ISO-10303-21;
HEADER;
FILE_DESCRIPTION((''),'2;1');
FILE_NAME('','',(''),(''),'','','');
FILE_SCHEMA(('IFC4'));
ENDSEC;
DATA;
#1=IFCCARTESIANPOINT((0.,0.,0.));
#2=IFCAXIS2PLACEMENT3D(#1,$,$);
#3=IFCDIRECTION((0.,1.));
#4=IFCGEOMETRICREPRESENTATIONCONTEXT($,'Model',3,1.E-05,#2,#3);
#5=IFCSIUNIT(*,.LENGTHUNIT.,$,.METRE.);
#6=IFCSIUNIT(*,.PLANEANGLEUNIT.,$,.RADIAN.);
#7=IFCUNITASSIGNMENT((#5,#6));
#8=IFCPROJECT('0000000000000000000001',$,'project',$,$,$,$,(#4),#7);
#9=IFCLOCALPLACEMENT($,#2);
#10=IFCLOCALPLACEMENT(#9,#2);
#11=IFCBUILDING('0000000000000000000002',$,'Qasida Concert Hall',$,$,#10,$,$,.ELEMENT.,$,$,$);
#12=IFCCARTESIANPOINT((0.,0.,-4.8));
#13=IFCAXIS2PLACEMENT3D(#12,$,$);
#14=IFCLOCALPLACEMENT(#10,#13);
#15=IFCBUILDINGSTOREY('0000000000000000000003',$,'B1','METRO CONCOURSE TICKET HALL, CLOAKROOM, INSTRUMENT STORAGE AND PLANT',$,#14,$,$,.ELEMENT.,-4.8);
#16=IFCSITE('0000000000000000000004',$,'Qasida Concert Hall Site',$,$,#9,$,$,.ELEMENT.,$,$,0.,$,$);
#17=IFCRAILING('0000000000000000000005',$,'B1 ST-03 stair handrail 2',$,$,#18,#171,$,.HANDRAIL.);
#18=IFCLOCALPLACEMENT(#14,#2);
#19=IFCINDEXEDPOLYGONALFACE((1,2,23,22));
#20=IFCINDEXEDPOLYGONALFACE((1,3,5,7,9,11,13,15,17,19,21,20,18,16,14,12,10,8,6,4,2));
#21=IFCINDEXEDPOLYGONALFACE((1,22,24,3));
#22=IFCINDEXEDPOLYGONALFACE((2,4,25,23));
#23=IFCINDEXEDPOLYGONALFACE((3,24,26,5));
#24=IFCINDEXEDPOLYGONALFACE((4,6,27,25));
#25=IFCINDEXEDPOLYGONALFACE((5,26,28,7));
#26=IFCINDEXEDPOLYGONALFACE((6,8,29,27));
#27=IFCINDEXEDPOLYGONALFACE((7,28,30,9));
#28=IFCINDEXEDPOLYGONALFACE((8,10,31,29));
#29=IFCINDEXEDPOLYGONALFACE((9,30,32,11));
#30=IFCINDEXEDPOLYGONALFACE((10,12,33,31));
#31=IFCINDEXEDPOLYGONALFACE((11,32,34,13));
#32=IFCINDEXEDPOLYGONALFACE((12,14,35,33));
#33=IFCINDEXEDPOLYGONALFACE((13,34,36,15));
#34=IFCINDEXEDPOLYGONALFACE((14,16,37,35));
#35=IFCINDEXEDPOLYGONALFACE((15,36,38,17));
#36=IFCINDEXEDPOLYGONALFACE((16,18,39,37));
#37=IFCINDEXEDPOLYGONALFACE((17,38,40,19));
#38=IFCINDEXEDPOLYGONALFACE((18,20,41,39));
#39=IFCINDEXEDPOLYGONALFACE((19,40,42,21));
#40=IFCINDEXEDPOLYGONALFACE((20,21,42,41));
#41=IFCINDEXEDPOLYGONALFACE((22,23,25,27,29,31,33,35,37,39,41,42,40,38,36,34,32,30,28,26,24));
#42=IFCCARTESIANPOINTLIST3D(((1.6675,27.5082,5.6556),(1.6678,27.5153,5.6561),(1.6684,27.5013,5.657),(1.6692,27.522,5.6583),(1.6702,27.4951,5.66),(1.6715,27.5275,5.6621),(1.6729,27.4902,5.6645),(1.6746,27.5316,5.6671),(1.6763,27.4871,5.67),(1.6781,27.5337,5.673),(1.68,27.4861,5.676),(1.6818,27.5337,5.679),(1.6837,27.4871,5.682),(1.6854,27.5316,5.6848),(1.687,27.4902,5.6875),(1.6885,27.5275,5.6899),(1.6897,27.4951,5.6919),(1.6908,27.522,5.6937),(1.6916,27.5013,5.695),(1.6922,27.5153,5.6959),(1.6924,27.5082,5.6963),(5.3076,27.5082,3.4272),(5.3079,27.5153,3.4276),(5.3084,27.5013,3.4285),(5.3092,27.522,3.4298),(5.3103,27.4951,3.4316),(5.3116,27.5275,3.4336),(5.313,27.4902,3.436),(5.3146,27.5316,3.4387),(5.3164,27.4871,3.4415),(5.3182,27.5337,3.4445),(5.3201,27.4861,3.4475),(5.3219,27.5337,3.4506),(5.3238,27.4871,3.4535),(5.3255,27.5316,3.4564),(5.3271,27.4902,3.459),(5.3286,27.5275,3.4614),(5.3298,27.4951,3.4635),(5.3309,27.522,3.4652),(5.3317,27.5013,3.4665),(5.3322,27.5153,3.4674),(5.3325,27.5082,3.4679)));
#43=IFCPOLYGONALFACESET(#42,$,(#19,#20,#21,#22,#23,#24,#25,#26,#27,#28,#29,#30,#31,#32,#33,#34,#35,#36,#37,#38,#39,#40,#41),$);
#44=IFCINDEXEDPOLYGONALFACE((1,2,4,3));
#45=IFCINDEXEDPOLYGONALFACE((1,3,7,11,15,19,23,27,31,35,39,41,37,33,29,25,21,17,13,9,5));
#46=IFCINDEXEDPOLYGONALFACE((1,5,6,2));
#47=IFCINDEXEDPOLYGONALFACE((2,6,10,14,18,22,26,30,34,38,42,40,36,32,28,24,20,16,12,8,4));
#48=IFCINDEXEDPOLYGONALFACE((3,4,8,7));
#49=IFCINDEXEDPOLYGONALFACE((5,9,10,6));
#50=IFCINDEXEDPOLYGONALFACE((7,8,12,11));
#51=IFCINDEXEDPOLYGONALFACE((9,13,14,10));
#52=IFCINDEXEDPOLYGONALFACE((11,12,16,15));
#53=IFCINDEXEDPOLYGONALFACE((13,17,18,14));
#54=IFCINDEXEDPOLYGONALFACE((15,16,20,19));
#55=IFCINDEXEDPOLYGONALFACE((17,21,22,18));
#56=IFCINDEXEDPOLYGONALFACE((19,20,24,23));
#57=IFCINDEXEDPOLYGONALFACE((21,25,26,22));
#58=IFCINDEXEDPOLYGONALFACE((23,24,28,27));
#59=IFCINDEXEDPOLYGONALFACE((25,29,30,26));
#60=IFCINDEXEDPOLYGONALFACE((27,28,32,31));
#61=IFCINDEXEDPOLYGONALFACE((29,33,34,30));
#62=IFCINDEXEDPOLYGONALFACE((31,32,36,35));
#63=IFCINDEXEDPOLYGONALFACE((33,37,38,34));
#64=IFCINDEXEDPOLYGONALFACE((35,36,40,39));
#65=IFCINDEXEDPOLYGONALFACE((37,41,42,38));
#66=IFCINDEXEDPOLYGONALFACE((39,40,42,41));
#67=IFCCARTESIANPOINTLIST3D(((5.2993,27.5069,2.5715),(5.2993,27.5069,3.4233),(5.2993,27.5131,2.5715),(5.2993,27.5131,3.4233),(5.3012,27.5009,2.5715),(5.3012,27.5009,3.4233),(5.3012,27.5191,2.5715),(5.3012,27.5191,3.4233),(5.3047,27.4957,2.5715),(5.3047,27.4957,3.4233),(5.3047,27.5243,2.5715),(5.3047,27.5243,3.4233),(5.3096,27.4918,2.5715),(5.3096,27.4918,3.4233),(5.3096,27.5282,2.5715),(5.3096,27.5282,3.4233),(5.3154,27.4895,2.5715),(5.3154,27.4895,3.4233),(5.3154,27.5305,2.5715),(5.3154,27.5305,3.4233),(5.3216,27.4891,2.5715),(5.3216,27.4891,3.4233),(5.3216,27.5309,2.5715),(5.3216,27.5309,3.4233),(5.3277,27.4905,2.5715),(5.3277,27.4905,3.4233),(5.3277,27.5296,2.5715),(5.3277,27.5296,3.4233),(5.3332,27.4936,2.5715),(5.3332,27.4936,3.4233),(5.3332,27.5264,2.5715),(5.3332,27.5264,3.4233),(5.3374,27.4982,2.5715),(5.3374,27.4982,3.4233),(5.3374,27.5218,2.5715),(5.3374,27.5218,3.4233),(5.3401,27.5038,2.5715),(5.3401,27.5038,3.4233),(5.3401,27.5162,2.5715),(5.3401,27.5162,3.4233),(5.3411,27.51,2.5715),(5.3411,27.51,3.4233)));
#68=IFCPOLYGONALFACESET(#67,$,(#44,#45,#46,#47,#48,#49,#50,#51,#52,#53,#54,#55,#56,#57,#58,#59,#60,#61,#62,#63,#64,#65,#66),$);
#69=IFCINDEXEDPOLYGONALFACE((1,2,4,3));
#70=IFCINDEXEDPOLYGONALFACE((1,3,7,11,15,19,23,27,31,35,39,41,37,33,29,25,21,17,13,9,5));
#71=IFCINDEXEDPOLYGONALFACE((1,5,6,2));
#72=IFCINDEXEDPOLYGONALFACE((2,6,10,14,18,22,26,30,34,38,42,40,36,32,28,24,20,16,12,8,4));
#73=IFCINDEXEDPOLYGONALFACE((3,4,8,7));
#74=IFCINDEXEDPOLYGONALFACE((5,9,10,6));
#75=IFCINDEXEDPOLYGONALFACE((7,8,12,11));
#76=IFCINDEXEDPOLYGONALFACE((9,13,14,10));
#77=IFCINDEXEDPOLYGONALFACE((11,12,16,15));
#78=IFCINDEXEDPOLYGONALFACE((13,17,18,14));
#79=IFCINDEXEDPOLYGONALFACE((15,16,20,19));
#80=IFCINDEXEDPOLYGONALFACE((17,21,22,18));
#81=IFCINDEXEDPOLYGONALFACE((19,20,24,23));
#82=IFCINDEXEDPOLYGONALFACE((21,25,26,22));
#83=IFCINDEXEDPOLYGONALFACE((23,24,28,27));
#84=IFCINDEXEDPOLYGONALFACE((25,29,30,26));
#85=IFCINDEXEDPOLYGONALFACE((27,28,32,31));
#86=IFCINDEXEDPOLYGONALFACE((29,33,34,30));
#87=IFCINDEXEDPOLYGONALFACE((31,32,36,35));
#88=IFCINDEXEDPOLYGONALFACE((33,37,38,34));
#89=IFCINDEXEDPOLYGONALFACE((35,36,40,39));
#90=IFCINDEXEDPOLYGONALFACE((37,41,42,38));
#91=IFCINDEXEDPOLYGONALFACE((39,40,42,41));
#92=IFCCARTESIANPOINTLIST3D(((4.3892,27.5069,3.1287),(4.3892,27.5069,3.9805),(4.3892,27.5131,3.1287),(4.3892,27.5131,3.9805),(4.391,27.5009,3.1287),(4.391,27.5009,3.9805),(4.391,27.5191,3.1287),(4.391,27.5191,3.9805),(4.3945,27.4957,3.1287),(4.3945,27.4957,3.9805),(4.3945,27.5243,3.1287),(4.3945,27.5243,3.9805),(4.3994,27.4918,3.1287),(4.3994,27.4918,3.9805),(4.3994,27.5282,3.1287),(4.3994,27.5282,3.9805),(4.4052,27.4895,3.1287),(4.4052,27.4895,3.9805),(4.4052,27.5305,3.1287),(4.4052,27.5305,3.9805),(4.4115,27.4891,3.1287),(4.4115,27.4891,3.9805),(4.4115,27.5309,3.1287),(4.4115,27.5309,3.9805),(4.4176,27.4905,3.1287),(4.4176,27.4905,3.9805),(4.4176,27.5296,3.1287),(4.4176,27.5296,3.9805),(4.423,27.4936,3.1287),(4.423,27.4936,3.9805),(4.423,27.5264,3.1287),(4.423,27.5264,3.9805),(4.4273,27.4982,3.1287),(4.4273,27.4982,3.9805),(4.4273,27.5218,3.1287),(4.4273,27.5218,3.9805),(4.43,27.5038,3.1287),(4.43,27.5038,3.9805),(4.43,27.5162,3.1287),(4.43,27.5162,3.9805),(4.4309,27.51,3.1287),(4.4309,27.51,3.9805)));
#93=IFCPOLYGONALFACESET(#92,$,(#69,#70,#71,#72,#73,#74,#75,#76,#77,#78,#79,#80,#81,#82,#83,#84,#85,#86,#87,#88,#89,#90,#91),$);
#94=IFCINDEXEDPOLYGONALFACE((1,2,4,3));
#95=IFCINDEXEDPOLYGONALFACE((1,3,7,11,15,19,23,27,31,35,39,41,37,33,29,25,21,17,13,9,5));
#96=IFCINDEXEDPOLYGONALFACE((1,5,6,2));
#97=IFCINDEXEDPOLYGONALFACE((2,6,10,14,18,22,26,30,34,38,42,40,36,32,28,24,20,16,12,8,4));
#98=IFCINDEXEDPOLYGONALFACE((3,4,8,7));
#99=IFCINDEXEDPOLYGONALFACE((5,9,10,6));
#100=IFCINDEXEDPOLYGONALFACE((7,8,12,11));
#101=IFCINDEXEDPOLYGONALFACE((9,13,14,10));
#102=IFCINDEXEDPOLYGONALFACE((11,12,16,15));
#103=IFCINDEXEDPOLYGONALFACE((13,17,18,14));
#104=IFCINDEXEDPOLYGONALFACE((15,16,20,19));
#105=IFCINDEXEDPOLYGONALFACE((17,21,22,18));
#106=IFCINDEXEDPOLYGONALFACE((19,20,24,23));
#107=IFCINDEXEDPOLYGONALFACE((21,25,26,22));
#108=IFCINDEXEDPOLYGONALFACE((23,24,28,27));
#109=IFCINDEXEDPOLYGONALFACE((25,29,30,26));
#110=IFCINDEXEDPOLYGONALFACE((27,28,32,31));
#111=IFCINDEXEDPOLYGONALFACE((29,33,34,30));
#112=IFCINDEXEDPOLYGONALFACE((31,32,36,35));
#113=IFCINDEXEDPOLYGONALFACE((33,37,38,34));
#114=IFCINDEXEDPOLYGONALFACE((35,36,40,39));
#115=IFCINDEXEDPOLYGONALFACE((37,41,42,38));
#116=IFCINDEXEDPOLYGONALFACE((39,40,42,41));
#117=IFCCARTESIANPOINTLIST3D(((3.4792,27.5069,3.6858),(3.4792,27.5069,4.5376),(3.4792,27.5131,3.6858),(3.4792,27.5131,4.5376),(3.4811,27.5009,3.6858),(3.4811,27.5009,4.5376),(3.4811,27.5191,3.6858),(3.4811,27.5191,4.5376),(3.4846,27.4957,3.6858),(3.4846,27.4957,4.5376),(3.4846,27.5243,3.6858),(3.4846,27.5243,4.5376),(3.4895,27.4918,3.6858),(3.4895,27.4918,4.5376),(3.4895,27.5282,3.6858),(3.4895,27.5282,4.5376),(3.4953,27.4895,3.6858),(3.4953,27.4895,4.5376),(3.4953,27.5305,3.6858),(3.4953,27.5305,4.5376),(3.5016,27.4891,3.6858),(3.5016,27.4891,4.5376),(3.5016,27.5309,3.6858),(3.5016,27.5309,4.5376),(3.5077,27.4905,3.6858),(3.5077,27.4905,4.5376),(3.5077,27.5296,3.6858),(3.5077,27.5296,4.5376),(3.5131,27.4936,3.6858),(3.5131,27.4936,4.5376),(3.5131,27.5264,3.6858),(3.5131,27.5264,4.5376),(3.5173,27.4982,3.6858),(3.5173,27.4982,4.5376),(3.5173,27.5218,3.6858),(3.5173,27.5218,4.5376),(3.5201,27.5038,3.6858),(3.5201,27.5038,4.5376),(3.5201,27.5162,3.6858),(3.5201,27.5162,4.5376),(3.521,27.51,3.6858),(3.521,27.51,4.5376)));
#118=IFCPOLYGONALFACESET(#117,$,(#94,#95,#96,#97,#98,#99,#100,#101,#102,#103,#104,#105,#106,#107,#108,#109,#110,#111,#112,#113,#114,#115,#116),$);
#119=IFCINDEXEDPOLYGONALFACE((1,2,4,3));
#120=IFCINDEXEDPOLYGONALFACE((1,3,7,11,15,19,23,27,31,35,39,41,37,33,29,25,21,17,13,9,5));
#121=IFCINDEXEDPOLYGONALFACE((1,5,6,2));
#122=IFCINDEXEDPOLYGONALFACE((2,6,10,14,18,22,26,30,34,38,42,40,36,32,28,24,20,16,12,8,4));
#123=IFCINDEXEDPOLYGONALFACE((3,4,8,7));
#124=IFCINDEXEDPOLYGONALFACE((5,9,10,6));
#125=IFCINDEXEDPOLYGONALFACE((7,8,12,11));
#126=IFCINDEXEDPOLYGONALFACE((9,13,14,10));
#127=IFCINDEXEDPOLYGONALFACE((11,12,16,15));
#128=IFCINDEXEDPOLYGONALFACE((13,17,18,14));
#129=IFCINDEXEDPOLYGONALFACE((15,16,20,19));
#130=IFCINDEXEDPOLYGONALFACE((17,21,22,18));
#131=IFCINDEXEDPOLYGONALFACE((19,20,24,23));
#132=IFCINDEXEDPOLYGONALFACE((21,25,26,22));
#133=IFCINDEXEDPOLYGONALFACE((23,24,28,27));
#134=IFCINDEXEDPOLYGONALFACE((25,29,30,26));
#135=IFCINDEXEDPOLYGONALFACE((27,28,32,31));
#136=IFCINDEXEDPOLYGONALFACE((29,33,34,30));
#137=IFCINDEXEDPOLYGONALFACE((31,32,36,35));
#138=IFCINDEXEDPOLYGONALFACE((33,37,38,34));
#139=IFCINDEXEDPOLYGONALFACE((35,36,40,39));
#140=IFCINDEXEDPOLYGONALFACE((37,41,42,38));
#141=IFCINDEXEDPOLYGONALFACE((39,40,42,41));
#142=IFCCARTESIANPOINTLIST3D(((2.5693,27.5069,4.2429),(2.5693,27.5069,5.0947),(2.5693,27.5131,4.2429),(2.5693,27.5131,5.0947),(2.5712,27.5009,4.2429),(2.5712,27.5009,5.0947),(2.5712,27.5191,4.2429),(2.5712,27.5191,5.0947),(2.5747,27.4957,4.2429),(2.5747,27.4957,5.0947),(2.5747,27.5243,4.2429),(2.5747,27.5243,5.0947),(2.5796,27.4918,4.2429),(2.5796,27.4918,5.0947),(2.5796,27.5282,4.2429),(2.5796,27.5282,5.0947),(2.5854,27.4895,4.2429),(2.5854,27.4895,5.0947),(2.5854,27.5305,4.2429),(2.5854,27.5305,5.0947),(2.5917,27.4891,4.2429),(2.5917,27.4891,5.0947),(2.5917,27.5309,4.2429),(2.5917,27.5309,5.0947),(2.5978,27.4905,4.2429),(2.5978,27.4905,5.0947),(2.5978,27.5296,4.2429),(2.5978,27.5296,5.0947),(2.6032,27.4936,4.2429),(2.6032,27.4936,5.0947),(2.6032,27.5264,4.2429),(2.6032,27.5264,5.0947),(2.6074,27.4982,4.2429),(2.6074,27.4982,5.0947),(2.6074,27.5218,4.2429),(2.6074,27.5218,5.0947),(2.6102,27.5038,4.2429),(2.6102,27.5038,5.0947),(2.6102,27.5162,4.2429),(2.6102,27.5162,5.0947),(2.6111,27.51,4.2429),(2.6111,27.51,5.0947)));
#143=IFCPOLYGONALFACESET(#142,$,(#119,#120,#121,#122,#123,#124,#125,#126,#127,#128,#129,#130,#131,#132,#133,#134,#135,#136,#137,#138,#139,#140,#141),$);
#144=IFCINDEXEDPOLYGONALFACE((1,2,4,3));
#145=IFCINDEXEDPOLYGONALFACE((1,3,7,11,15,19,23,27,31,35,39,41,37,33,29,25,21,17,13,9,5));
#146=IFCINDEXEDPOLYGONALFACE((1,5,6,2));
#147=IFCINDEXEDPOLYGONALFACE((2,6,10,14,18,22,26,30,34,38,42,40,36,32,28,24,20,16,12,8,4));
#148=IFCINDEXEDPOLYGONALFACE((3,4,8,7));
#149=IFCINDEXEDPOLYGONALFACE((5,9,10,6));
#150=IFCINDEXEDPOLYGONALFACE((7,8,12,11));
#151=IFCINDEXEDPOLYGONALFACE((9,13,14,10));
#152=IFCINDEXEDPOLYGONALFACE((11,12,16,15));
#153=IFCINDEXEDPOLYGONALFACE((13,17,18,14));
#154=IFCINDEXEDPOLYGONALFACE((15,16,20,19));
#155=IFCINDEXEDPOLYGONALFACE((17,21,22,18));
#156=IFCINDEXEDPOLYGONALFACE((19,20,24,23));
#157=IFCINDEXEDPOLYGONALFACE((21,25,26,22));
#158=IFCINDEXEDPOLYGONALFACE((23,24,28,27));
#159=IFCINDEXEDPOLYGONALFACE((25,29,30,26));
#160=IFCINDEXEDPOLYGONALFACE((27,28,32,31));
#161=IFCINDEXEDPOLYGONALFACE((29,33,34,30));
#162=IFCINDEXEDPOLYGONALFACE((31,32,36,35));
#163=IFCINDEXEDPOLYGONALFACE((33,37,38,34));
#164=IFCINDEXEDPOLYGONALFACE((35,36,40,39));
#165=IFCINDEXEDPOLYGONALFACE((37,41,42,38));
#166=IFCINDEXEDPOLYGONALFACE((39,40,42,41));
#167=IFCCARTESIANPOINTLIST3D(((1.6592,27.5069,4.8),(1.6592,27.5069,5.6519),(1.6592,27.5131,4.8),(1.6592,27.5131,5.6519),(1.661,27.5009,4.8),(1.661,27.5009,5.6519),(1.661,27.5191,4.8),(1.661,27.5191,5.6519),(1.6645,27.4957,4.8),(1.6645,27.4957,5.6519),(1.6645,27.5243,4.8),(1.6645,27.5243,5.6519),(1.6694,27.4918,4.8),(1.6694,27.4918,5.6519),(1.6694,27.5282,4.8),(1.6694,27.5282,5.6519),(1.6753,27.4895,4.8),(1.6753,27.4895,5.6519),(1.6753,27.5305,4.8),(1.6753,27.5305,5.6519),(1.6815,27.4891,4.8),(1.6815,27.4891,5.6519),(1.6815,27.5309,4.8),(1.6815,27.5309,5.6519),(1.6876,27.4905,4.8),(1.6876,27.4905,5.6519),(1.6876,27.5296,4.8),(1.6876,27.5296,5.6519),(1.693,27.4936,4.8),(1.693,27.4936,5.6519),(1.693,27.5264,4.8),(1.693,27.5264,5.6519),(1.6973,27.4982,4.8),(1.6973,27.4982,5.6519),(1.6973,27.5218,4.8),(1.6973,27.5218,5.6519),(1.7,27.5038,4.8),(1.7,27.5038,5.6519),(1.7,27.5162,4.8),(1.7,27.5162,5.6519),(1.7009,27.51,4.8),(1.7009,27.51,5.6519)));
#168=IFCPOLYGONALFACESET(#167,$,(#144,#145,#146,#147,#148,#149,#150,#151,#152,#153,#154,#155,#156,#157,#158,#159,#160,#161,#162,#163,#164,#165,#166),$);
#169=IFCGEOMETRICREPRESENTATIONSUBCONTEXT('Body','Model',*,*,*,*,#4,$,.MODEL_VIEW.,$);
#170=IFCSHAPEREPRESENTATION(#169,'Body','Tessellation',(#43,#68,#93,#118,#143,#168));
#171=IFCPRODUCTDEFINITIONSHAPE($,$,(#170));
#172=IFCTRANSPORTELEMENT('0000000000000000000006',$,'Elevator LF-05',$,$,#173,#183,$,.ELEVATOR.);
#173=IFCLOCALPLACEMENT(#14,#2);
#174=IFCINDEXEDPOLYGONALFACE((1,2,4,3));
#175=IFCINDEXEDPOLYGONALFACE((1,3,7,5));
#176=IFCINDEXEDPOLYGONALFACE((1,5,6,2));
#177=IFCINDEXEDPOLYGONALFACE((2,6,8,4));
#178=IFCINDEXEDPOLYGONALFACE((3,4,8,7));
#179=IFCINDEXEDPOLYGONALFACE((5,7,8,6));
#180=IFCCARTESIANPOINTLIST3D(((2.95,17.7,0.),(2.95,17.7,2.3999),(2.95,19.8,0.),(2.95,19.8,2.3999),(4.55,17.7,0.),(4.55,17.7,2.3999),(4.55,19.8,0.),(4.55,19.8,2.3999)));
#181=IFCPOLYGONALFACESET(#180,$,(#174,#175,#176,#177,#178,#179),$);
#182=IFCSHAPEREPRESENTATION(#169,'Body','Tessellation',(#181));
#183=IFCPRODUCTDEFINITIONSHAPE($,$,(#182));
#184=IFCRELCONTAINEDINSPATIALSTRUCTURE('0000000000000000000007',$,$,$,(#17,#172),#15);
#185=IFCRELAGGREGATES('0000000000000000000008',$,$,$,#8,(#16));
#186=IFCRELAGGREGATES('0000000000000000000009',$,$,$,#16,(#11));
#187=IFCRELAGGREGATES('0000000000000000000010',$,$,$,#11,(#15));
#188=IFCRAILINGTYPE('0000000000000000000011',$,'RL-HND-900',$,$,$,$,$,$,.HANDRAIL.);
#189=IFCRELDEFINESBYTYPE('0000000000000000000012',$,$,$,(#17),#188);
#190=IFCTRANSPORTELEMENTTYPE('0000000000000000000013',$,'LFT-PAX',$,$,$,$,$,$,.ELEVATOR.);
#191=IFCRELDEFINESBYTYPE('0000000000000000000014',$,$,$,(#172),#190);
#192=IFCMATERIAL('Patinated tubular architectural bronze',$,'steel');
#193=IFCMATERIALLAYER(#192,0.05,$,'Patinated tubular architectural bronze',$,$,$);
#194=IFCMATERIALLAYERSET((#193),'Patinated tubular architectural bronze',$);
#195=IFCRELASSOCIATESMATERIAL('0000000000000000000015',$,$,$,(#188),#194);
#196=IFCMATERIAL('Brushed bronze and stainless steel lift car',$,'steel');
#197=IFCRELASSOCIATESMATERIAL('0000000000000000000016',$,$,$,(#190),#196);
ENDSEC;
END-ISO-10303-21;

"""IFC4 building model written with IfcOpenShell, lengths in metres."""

from ifc_helpers import new_model, si_unit, direction, frame, origin, origin_2d, place, context, subcontext, project, spatial, rectangle, circle, extrude, material, layer, layer_set, type_object, element, save


model = new_model("IFC4")

# Units and contexts
model_context = context("Model", 3, precision=1e-05, world=origin(), true_north=direction((0.0, 1.0)))
body_context = subcontext(model_context, "Body", "Model", "MODEL_VIEW")
ifc_project = project(units=[si_unit("LENGTHUNIT", "METRE"), si_unit("PLANEANGLEUNIT", "RADIAN")], contexts=[model_context])

# Site, building, storey
site_placement = place(None, origin())
site = spatial("IfcSite", under=ifc_project, at=site_placement, Name="Qasida Concert Hall Site", CompositionType="ELEMENT", RefElevation=0.0)
building_placement = place(site_placement, origin())
building = spatial("IfcBuilding", under=site, at=building_placement, Name="Qasida Concert Hall", CompositionType="ELEMENT")
storey_placement = place(building_placement, frame((0.0, 0.0, -4.8)))
storey = spatial("IfcBuildingStorey", under=building, at=storey_placement, Name="B1", Description="METRO CONCOURSE TICKET HALL, CLOAKROOM, INSTRUMENT STORAGE AND PLANT", CompositionType="ELEMENT", Elevation=-4.8)

# Railing
ifc_material_1 = material(Name="Patinated tubular architectural bronze", Category="steel")
ifc_layer_1 = layer(ifc_material_1, 0.05, Name="Patinated tubular architectural bronze")
ifc_layer_set_1 = layer_set([ifc_layer_1], Name="Patinated tubular architectural bronze")
railing_type_1 = type_object("IfcRailingType", Name="RL-HND-900", PredefinedType="HANDRAIL", material=ifc_layer_set_1)
railing_1_placement = place(storey_placement, frame((5.3201, 27.51, 2.5715)))
element("IfcRailing", 1, at=railing_1_placement, inside=storey, type_object=railing_type_1, Name="B1 ST-03 stair handrail 2", PredefinedType="HANDRAIL", context=body_context, shape_type="SweptSolid", body=[
    extrude(circle(Radius=0.0239, at=origin_2d()), frame((0.0, 0.0, 0.876), z_axis=(-0.852866, 0.0, 0.52213), x_axis=(0.0, -1.0, 0.0)), (0.0, 0.0, 1.0), 4.2681),
    extrude(circle(Radius=0.021, at=origin_2d()), origin(), (0.0, 0.0, 1.0), 0.8518),
    extrude(circle(Radius=0.021, at=origin_2d()), frame((-0.9102, 0.0, 0.5571)), (0.0, 0.0, 1.0), 0.8518),
    extrude(circle(Radius=0.021, at=origin_2d()), frame((-1.8201, 0.0, 1.1143)), (0.0, 0.0, 1.0), 0.8518),
    extrude(circle(Radius=0.021, at=origin_2d()), frame((-2.73, 0.0, 1.6714)), (0.0, 0.0, 1.0), 0.8518),
    extrude(circle(Radius=0.021, at=origin_2d()), frame((-3.6401, 0.0, 2.2285)), (0.0, 0.0, 1.0), 0.8518),
])

# Transport element
ifc_material_2 = material(Name="Brushed bronze and stainless steel lift car", Category="steel")
transport_element_type = type_object("IfcTransportElementType", Name="LFT-PAX", PredefinedType="ELEVATOR", material=ifc_material_2)
transport_element_placement = place(storey_placement, frame((3.75, 18.75, 0.0), z_axis=(0.0, 0.0, 1.0), x_axis=(1.0, 0.0, 0.0)))
element("IfcTransportElement", 2, at=transport_element_placement, inside=storey, type_object=transport_element_type, Name="Elevator LF-05", PredefinedType="ELEVATOR", context=body_context, shape_type="SweptSolid", body=[
    extrude(rectangle(XDim=1.6001, YDim=2.1001, at=origin_2d()), origin(), (0.0, 0.0, 1.0), 2.3999),
])

save(model, "model.ifc")
